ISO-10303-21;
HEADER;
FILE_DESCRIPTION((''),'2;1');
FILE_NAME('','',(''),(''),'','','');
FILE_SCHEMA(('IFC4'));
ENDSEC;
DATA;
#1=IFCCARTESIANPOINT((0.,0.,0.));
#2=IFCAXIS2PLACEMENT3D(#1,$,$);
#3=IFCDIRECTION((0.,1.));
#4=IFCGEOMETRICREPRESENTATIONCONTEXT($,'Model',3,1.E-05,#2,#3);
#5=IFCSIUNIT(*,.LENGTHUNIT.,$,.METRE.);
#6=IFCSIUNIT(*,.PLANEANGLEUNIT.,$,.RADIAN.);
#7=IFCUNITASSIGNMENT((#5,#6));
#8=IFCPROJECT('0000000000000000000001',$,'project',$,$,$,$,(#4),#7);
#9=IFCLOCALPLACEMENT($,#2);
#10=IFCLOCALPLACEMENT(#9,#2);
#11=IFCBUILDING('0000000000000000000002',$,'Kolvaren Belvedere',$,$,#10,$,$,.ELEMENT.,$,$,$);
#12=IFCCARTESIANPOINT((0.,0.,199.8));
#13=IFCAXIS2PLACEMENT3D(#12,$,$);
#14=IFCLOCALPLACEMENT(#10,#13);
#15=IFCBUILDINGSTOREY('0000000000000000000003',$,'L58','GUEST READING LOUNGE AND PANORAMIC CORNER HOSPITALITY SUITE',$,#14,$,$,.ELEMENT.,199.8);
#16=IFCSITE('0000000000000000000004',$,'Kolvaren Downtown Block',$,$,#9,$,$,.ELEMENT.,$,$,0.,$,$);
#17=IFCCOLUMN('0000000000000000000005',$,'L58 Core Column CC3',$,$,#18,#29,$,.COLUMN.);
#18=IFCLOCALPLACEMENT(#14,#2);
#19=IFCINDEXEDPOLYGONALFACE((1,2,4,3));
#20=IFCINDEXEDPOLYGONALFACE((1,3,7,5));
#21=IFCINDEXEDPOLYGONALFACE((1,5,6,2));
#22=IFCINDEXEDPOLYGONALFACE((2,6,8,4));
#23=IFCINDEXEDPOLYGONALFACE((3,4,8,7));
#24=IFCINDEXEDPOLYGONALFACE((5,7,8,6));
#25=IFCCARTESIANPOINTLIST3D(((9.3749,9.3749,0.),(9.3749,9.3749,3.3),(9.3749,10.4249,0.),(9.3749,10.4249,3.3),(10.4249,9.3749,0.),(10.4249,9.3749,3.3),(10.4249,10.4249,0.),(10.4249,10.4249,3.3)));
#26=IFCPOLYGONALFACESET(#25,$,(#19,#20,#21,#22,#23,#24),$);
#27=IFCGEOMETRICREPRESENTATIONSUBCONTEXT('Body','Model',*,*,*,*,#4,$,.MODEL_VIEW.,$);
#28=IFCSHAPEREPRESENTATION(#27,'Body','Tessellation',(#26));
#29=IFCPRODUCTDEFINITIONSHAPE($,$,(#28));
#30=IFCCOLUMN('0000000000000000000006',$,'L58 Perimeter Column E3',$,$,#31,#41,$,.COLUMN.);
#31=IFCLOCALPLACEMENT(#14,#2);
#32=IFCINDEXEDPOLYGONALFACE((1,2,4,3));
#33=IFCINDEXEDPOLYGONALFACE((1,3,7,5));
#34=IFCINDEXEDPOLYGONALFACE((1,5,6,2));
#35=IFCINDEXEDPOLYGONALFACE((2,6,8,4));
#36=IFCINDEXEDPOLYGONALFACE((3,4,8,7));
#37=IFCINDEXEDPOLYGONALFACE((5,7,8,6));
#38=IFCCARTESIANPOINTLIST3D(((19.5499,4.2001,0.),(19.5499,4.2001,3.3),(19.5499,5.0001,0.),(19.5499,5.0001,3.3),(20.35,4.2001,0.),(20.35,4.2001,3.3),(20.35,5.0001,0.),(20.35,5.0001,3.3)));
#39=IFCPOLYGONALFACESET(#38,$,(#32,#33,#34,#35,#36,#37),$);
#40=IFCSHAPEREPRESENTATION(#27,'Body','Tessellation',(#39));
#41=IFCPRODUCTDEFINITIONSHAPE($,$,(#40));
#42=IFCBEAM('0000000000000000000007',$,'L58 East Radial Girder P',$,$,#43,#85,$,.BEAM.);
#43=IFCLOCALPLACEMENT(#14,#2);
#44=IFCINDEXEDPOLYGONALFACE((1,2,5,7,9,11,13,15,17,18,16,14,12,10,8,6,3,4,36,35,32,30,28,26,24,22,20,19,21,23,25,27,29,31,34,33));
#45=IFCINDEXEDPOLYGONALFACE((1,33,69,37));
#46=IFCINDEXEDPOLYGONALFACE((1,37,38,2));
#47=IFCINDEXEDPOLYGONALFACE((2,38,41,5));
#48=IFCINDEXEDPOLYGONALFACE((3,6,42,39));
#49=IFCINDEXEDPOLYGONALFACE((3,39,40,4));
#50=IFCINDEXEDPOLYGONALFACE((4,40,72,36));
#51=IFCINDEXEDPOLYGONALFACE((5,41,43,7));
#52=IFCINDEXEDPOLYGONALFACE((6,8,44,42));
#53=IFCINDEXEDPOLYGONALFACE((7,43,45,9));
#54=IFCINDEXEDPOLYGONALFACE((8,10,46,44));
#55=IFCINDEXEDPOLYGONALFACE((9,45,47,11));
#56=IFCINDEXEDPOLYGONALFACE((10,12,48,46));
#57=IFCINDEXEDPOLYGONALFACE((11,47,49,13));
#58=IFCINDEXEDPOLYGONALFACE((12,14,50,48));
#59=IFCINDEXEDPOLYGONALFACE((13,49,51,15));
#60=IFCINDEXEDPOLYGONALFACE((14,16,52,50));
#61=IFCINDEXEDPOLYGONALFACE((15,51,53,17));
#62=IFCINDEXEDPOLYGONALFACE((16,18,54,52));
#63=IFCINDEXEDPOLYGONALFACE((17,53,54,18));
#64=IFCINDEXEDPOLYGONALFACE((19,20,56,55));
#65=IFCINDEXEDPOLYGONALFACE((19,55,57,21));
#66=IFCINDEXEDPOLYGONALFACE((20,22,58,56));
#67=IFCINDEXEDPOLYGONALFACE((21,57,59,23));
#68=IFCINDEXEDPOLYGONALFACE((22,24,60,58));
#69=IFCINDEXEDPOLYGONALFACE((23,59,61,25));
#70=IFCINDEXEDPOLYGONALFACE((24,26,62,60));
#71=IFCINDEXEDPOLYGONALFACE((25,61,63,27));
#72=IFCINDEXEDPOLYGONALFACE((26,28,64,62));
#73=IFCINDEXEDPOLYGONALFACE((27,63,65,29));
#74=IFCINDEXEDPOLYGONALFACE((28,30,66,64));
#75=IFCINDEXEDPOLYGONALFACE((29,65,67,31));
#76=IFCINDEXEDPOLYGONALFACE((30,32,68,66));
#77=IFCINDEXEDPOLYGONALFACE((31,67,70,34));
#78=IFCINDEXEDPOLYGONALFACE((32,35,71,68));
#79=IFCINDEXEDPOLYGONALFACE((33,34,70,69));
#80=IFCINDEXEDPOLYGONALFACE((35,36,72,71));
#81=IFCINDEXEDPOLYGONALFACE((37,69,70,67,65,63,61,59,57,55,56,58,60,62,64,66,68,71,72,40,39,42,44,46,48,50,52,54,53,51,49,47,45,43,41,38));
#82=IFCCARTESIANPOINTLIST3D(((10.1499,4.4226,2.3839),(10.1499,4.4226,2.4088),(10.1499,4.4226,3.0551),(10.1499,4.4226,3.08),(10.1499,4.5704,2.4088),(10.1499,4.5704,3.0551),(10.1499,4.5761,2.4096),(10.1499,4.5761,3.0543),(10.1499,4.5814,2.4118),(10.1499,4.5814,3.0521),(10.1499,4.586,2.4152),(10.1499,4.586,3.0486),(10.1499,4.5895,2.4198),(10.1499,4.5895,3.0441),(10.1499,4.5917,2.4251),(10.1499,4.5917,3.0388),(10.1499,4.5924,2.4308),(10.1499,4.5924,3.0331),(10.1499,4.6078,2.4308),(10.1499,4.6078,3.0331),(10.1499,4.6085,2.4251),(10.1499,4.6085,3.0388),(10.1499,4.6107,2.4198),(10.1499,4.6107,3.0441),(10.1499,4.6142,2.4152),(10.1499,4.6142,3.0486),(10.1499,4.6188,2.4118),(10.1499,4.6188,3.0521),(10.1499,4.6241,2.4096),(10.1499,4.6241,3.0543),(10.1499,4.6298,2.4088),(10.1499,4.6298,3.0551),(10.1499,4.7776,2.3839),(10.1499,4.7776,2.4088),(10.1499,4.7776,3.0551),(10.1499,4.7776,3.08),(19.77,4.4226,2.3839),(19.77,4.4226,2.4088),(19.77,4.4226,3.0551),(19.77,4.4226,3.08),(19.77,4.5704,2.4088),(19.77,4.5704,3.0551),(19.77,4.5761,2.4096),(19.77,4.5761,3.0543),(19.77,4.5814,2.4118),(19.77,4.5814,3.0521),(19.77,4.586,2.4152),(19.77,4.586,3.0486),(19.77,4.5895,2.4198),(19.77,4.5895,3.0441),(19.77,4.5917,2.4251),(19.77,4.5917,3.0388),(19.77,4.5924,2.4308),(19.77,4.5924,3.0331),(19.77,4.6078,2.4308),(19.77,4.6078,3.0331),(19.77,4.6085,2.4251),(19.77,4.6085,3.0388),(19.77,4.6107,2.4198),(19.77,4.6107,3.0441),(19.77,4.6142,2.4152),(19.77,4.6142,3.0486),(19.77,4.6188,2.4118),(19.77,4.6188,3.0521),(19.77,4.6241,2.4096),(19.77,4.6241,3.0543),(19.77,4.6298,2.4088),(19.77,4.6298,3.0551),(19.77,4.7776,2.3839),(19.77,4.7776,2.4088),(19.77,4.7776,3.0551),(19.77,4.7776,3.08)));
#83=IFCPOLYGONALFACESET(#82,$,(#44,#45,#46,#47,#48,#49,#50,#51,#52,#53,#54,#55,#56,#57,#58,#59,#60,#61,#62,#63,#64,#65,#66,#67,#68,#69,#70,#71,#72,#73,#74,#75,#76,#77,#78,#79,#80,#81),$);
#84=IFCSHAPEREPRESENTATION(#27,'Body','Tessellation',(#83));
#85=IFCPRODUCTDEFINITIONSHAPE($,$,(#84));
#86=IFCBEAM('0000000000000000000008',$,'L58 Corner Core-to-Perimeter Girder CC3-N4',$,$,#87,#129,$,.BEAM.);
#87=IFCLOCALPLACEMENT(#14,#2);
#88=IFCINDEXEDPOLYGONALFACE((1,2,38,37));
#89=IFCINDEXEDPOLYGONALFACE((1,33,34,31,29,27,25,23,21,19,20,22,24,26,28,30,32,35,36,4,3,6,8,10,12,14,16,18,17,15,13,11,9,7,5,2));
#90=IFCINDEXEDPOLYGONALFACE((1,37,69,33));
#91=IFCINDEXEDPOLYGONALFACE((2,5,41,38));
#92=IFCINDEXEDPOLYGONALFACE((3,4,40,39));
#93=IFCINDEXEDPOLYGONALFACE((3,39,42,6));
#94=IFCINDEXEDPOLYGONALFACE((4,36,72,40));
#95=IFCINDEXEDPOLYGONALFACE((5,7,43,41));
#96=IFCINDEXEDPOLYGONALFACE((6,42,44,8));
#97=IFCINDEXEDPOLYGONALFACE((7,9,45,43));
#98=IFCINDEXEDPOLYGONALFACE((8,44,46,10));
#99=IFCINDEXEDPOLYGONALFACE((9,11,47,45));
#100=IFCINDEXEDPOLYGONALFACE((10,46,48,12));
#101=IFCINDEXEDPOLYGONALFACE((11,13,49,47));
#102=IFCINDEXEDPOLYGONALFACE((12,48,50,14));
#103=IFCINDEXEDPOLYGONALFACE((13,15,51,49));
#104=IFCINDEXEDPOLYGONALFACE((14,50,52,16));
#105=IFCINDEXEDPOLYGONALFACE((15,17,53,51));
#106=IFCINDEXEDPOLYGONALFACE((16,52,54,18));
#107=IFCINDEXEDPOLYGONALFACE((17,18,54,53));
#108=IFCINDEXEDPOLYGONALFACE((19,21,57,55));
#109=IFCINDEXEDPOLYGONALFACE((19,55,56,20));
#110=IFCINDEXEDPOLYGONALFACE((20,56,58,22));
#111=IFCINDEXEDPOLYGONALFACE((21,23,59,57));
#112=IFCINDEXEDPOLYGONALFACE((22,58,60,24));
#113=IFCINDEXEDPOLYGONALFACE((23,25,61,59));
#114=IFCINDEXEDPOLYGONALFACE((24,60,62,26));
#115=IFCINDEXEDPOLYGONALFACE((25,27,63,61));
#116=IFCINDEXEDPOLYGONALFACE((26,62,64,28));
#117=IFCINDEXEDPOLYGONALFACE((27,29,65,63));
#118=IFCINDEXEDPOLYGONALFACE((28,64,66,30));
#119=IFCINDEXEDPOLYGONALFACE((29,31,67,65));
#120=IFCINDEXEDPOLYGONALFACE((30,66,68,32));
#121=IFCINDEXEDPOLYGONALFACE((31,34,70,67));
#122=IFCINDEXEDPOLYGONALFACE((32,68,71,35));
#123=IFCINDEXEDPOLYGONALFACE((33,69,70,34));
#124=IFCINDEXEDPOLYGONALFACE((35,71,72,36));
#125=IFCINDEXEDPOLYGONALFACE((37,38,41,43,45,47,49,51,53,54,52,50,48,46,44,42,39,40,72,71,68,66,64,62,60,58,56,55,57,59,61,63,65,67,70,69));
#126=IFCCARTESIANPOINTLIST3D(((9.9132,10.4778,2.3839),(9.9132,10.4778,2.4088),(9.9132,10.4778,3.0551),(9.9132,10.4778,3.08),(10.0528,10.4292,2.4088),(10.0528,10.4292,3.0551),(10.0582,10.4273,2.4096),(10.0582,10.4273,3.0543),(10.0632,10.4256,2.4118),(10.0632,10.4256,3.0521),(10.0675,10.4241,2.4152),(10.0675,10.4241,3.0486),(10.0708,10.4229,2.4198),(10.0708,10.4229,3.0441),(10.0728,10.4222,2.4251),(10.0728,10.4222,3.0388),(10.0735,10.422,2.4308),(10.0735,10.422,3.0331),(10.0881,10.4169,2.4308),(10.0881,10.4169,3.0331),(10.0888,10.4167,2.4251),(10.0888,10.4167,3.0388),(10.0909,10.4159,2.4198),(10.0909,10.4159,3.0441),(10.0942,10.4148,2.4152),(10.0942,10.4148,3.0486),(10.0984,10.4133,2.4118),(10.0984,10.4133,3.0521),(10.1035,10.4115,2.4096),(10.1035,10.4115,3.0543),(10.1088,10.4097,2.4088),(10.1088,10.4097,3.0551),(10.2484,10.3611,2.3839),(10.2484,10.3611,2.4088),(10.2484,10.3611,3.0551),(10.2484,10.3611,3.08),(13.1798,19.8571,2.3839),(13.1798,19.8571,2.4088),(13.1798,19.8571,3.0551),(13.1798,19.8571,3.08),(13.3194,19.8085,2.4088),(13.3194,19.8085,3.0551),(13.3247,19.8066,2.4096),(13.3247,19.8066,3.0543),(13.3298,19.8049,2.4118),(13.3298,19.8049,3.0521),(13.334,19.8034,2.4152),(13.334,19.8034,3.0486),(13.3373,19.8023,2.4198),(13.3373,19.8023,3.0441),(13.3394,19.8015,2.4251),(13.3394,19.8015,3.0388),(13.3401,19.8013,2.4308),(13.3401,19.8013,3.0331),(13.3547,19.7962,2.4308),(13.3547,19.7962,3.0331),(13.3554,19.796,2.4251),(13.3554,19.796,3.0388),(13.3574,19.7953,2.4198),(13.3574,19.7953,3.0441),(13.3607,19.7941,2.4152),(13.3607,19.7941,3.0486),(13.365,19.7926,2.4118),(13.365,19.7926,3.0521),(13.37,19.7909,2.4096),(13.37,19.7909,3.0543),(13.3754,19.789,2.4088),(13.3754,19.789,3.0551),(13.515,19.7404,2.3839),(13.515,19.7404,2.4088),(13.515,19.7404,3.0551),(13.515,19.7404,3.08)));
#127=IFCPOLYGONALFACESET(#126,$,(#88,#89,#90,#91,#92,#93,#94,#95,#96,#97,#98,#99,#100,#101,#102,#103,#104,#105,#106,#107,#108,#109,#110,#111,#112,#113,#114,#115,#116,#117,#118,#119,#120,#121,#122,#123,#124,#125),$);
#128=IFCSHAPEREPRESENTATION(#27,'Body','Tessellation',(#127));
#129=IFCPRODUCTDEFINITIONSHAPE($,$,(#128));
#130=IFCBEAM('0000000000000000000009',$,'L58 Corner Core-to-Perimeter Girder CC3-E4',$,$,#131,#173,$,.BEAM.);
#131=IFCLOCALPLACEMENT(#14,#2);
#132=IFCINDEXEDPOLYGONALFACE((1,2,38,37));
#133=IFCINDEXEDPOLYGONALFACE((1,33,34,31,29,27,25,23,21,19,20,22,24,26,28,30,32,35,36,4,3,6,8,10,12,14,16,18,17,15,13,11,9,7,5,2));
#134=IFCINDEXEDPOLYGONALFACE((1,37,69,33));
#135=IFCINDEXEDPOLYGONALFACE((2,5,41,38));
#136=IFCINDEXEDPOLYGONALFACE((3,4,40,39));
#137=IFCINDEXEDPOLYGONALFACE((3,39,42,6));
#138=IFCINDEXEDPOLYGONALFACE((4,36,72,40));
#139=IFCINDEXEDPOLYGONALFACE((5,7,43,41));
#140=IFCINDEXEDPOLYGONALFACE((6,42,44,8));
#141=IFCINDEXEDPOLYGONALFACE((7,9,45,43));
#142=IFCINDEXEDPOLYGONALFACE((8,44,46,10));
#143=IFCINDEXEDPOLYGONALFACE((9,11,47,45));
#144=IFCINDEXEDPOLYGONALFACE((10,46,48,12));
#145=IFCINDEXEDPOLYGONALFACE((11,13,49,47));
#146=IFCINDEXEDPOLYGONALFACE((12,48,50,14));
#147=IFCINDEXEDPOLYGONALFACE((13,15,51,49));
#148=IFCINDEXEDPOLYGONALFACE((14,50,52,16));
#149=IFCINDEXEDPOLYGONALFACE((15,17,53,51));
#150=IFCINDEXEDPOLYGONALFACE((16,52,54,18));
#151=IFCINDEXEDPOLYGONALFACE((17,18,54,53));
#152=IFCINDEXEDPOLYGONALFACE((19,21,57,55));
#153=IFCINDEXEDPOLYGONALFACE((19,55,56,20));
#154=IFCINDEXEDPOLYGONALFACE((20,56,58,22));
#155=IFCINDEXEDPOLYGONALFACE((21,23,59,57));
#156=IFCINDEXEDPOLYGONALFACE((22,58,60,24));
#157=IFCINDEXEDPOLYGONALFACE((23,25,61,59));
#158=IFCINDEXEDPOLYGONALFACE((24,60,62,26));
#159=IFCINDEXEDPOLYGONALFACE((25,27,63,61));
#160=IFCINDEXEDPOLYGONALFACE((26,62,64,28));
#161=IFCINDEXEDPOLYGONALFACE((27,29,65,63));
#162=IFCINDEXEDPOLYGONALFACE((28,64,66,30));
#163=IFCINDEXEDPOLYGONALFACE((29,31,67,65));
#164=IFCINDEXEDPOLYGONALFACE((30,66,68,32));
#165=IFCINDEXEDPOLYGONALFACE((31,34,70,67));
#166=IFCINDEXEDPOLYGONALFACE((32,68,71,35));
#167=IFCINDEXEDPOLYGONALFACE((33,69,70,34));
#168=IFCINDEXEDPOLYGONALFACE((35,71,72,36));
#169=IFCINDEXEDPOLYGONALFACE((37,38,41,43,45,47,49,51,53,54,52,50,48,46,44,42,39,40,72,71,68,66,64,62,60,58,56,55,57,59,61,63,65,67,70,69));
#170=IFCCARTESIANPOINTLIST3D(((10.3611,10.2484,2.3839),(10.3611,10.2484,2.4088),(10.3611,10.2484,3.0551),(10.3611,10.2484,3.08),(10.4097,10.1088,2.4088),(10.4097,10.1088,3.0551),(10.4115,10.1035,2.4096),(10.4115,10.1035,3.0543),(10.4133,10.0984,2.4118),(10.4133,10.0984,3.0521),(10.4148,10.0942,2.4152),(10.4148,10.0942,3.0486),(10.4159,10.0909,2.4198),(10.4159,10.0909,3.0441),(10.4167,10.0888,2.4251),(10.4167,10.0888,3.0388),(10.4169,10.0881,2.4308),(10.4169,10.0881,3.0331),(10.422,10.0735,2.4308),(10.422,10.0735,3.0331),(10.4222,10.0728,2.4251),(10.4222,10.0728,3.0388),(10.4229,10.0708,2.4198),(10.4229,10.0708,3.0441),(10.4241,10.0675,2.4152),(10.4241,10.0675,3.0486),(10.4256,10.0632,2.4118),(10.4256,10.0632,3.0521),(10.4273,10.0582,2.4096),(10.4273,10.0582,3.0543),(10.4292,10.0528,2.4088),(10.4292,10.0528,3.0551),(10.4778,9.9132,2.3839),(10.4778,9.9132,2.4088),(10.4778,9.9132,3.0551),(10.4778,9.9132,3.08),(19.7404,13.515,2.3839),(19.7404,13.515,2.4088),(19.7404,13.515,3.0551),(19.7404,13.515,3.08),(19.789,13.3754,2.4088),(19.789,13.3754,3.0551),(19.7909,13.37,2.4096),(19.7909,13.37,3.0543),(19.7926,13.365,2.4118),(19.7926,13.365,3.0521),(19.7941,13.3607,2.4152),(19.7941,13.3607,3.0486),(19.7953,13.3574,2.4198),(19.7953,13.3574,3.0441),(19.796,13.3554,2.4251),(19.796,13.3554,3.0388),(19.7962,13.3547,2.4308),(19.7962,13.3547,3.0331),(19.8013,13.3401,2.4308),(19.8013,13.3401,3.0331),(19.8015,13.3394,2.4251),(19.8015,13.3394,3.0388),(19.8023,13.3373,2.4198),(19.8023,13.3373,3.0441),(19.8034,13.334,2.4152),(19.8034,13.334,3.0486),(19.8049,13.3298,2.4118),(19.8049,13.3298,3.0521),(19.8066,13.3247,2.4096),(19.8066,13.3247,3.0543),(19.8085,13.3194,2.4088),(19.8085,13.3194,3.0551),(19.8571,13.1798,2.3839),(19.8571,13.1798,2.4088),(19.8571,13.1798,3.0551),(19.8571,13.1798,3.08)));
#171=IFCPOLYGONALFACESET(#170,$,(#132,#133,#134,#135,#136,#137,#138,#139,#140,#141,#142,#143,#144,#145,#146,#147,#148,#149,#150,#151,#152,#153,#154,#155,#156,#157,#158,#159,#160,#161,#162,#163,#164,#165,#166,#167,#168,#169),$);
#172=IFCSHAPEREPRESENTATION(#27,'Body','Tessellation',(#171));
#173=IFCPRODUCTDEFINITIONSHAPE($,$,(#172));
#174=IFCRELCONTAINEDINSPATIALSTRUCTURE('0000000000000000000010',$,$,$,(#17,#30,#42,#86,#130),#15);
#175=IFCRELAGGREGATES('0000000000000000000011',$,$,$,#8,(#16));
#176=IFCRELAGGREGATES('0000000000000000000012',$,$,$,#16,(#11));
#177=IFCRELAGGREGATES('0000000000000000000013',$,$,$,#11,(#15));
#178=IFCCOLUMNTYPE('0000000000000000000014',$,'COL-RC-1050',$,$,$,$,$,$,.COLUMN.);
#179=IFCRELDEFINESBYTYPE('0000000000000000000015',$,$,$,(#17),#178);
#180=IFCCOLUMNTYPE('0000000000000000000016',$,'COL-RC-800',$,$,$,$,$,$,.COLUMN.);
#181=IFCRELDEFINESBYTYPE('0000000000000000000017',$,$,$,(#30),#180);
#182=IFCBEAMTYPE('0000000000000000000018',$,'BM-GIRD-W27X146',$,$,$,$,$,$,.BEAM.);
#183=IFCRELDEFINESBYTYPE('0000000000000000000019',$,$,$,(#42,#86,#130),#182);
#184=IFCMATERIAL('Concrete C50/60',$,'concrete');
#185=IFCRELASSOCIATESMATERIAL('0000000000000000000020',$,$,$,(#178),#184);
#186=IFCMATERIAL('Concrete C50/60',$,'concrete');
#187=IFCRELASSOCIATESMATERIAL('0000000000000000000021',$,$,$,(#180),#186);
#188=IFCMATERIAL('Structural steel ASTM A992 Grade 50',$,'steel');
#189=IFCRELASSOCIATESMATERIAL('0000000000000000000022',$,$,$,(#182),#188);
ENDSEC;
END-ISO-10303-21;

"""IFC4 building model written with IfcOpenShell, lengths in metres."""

from ifc_helpers import new_model, si_unit, direction, frame, origin, origin_2d, place, context, subcontext, project, spatial, rectangle, i_section, extrude, material, material_profile, profile_set, type_object, element, save


model = new_model("IFC4")

# Units and contexts
model_context = context("Model", 3, precision=1e-05, world=origin(), true_north=direction((0.0, 1.0)))
body_context = subcontext(model_context, "Body", "Model", "MODEL_VIEW")
ifc_project = project(units=[si_unit("LENGTHUNIT", "METRE"), si_unit("PLANEANGLEUNIT", "RADIAN")], contexts=[model_context])

# Site, building, storey
site_placement = place(None, origin())
site = spatial("IfcSite", under=ifc_project, at=site_placement, Name="Kolvaren Downtown Block", CompositionType="ELEMENT", RefElevation=0.0)
building_placement = place(site_placement, origin())
building = spatial("IfcBuilding", under=site, at=building_placement, Name="Kolvaren Belvedere", CompositionType="ELEMENT")
storey_placement = place(building_placement, frame((0.0, 0.0, 199.8)))
storey = spatial("IfcBuildingStorey", under=building, at=storey_placement, Name="L58", Description="GUEST READING LOUNGE AND PANORAMIC CORNER HOSPITALITY SUITE", CompositionType="ELEMENT", Elevation=199.8)

# Columns
ifc_material_1 = material(Name="Concrete C50/60", Category="concrete")
ifc_material_profile_1 = material_profile(ifc_material_1, rectangle(XDim=1.05, YDim=1.05, at=origin_2d()), Name="RC 1050X1050")
ifc_profile_set_1 = profile_set([ifc_material_profile_1], Name="Concrete C50/60")
column_type_1 = type_object("IfcColumnType", Name="COL-RC-1050", PredefinedType="COLUMN", material=ifc_profile_set_1)
column_1_placement = place(storey_placement, frame((9.8999, 9.8999, 0.0), z_axis=(0.0, 0.0, 1.0), x_axis=(1.0, 0.0, 0.0)))
element("IfcColumn", 1, at=column_1_placement, inside=storey, type_object=column_type_1, Name="L58 Core Column CC3", PredefinedType="COLUMN", context=body_context, shape_type="SweptSolid", body=[
    extrude(rectangle(XDim=1.05, YDim=1.05, at=origin_2d()), origin(), (0.0, 0.0, 1.0), 3.3),
])
ifc_material_2 = material(Name="Concrete C50/60", Category="concrete")
ifc_material_profile_2 = material_profile(ifc_material_2, rectangle(XDim=0.8, YDim=0.8, at=origin_2d()), Name="RC 800X800")
ifc_profile_set_2 = profile_set([ifc_material_profile_2], Name="Concrete C50/60")
column_type_2 = type_object("IfcColumnType", Name="COL-RC-800", PredefinedType="COLUMN", material=ifc_profile_set_2)
column_2_placement = place(storey_placement, frame((19.95, 4.6001, 0.0), z_axis=(0.0, 0.0, 1.0), x_axis=(1.0, 0.0, 0.0)))
element("IfcColumn", 2, at=column_2_placement, inside=storey, type_object=column_type_2, Name="L58 Perimeter Column E3", PredefinedType="COLUMN", context=body_context, shape_type="SweptSolid", body=[
    extrude(rectangle(XDim=0.8, YDim=0.8, at=origin_2d()), origin(), (0.0, 0.0, 1.0), 3.3),
])

# Beams
ifc_material_3 = material(Name="Structural steel ASTM A992 Grade 50", Category="steel")
ifc_material_profile_3 = material_profile(ifc_material_3, i_section(OverallWidth=0.355, OverallDepth=0.696, WebThickness=0.0154, FlangeThickness=0.0249, FilletRadius=0.022, at=origin_2d()), Name="W27X146")
ifc_profile_set_3 = profile_set([ifc_material_profile_3], Name="Structural steel ASTM A992 Grade 50")
beam_type_1 = type_object("IfcBeamType", Name="BM-GIRD-W27X146", PredefinedType="BEAM", material=ifc_profile_set_3)
beam_1_placement = place(storey_placement, frame((10.1499, 4.6001, 2.7319), z_axis=(1.0, 0.0, 0.0), x_axis=(0.0, 1.0, 0.0)))
element("IfcBeam", 3, at=beam_1_placement, inside=storey, type_object=beam_type_1, Name="L58 East Radial Girder P", PredefinedType="BEAM", context=body_context, shape_type="SweptSolid", body=[
    extrude(i_section(OverallWidth=0.355, OverallDepth=0.696, WebThickness=0.0154, FlangeThickness=0.0249, FilletRadius=0.022, at=origin_2d()), origin(), (0.0, 0.0, 1.0), 9.6201),
])
for number, where, z_axis, x_axis, name in (
    (4, (10.0808, 10.4194, 2.7319), (0.328898, 0.944365, 0.0), (-0.944365, 0.328898, 0.0), "L58 Corner Core-to-Perimeter Girder CC3-N4"),
    (5, (10.4194, 10.0808, 2.7319), (0.944365, 0.328898, 0.0), (-0.328898, 0.944365, 0.0), "L58 Corner Core-to-Perimeter Girder CC3-E4"),
):
    element("IfcBeam", number, at=place(storey_placement, frame(where, z_axis=z_axis, x_axis=x_axis)), inside=storey, type_object=beam_type_1, Name=name, PredefinedType="BEAM", context=body_context, shape_type="SweptSolid", body=[
        extrude(i_section(OverallWidth=0.355, OverallDepth=0.696, WebThickness=0.0154, FlangeThickness=0.0249, FilletRadius=0.022, at=origin_2d()), origin(), (0.0, 0.0, 1.0), 9.9319),
    ])

save(model, "model.ifc")
